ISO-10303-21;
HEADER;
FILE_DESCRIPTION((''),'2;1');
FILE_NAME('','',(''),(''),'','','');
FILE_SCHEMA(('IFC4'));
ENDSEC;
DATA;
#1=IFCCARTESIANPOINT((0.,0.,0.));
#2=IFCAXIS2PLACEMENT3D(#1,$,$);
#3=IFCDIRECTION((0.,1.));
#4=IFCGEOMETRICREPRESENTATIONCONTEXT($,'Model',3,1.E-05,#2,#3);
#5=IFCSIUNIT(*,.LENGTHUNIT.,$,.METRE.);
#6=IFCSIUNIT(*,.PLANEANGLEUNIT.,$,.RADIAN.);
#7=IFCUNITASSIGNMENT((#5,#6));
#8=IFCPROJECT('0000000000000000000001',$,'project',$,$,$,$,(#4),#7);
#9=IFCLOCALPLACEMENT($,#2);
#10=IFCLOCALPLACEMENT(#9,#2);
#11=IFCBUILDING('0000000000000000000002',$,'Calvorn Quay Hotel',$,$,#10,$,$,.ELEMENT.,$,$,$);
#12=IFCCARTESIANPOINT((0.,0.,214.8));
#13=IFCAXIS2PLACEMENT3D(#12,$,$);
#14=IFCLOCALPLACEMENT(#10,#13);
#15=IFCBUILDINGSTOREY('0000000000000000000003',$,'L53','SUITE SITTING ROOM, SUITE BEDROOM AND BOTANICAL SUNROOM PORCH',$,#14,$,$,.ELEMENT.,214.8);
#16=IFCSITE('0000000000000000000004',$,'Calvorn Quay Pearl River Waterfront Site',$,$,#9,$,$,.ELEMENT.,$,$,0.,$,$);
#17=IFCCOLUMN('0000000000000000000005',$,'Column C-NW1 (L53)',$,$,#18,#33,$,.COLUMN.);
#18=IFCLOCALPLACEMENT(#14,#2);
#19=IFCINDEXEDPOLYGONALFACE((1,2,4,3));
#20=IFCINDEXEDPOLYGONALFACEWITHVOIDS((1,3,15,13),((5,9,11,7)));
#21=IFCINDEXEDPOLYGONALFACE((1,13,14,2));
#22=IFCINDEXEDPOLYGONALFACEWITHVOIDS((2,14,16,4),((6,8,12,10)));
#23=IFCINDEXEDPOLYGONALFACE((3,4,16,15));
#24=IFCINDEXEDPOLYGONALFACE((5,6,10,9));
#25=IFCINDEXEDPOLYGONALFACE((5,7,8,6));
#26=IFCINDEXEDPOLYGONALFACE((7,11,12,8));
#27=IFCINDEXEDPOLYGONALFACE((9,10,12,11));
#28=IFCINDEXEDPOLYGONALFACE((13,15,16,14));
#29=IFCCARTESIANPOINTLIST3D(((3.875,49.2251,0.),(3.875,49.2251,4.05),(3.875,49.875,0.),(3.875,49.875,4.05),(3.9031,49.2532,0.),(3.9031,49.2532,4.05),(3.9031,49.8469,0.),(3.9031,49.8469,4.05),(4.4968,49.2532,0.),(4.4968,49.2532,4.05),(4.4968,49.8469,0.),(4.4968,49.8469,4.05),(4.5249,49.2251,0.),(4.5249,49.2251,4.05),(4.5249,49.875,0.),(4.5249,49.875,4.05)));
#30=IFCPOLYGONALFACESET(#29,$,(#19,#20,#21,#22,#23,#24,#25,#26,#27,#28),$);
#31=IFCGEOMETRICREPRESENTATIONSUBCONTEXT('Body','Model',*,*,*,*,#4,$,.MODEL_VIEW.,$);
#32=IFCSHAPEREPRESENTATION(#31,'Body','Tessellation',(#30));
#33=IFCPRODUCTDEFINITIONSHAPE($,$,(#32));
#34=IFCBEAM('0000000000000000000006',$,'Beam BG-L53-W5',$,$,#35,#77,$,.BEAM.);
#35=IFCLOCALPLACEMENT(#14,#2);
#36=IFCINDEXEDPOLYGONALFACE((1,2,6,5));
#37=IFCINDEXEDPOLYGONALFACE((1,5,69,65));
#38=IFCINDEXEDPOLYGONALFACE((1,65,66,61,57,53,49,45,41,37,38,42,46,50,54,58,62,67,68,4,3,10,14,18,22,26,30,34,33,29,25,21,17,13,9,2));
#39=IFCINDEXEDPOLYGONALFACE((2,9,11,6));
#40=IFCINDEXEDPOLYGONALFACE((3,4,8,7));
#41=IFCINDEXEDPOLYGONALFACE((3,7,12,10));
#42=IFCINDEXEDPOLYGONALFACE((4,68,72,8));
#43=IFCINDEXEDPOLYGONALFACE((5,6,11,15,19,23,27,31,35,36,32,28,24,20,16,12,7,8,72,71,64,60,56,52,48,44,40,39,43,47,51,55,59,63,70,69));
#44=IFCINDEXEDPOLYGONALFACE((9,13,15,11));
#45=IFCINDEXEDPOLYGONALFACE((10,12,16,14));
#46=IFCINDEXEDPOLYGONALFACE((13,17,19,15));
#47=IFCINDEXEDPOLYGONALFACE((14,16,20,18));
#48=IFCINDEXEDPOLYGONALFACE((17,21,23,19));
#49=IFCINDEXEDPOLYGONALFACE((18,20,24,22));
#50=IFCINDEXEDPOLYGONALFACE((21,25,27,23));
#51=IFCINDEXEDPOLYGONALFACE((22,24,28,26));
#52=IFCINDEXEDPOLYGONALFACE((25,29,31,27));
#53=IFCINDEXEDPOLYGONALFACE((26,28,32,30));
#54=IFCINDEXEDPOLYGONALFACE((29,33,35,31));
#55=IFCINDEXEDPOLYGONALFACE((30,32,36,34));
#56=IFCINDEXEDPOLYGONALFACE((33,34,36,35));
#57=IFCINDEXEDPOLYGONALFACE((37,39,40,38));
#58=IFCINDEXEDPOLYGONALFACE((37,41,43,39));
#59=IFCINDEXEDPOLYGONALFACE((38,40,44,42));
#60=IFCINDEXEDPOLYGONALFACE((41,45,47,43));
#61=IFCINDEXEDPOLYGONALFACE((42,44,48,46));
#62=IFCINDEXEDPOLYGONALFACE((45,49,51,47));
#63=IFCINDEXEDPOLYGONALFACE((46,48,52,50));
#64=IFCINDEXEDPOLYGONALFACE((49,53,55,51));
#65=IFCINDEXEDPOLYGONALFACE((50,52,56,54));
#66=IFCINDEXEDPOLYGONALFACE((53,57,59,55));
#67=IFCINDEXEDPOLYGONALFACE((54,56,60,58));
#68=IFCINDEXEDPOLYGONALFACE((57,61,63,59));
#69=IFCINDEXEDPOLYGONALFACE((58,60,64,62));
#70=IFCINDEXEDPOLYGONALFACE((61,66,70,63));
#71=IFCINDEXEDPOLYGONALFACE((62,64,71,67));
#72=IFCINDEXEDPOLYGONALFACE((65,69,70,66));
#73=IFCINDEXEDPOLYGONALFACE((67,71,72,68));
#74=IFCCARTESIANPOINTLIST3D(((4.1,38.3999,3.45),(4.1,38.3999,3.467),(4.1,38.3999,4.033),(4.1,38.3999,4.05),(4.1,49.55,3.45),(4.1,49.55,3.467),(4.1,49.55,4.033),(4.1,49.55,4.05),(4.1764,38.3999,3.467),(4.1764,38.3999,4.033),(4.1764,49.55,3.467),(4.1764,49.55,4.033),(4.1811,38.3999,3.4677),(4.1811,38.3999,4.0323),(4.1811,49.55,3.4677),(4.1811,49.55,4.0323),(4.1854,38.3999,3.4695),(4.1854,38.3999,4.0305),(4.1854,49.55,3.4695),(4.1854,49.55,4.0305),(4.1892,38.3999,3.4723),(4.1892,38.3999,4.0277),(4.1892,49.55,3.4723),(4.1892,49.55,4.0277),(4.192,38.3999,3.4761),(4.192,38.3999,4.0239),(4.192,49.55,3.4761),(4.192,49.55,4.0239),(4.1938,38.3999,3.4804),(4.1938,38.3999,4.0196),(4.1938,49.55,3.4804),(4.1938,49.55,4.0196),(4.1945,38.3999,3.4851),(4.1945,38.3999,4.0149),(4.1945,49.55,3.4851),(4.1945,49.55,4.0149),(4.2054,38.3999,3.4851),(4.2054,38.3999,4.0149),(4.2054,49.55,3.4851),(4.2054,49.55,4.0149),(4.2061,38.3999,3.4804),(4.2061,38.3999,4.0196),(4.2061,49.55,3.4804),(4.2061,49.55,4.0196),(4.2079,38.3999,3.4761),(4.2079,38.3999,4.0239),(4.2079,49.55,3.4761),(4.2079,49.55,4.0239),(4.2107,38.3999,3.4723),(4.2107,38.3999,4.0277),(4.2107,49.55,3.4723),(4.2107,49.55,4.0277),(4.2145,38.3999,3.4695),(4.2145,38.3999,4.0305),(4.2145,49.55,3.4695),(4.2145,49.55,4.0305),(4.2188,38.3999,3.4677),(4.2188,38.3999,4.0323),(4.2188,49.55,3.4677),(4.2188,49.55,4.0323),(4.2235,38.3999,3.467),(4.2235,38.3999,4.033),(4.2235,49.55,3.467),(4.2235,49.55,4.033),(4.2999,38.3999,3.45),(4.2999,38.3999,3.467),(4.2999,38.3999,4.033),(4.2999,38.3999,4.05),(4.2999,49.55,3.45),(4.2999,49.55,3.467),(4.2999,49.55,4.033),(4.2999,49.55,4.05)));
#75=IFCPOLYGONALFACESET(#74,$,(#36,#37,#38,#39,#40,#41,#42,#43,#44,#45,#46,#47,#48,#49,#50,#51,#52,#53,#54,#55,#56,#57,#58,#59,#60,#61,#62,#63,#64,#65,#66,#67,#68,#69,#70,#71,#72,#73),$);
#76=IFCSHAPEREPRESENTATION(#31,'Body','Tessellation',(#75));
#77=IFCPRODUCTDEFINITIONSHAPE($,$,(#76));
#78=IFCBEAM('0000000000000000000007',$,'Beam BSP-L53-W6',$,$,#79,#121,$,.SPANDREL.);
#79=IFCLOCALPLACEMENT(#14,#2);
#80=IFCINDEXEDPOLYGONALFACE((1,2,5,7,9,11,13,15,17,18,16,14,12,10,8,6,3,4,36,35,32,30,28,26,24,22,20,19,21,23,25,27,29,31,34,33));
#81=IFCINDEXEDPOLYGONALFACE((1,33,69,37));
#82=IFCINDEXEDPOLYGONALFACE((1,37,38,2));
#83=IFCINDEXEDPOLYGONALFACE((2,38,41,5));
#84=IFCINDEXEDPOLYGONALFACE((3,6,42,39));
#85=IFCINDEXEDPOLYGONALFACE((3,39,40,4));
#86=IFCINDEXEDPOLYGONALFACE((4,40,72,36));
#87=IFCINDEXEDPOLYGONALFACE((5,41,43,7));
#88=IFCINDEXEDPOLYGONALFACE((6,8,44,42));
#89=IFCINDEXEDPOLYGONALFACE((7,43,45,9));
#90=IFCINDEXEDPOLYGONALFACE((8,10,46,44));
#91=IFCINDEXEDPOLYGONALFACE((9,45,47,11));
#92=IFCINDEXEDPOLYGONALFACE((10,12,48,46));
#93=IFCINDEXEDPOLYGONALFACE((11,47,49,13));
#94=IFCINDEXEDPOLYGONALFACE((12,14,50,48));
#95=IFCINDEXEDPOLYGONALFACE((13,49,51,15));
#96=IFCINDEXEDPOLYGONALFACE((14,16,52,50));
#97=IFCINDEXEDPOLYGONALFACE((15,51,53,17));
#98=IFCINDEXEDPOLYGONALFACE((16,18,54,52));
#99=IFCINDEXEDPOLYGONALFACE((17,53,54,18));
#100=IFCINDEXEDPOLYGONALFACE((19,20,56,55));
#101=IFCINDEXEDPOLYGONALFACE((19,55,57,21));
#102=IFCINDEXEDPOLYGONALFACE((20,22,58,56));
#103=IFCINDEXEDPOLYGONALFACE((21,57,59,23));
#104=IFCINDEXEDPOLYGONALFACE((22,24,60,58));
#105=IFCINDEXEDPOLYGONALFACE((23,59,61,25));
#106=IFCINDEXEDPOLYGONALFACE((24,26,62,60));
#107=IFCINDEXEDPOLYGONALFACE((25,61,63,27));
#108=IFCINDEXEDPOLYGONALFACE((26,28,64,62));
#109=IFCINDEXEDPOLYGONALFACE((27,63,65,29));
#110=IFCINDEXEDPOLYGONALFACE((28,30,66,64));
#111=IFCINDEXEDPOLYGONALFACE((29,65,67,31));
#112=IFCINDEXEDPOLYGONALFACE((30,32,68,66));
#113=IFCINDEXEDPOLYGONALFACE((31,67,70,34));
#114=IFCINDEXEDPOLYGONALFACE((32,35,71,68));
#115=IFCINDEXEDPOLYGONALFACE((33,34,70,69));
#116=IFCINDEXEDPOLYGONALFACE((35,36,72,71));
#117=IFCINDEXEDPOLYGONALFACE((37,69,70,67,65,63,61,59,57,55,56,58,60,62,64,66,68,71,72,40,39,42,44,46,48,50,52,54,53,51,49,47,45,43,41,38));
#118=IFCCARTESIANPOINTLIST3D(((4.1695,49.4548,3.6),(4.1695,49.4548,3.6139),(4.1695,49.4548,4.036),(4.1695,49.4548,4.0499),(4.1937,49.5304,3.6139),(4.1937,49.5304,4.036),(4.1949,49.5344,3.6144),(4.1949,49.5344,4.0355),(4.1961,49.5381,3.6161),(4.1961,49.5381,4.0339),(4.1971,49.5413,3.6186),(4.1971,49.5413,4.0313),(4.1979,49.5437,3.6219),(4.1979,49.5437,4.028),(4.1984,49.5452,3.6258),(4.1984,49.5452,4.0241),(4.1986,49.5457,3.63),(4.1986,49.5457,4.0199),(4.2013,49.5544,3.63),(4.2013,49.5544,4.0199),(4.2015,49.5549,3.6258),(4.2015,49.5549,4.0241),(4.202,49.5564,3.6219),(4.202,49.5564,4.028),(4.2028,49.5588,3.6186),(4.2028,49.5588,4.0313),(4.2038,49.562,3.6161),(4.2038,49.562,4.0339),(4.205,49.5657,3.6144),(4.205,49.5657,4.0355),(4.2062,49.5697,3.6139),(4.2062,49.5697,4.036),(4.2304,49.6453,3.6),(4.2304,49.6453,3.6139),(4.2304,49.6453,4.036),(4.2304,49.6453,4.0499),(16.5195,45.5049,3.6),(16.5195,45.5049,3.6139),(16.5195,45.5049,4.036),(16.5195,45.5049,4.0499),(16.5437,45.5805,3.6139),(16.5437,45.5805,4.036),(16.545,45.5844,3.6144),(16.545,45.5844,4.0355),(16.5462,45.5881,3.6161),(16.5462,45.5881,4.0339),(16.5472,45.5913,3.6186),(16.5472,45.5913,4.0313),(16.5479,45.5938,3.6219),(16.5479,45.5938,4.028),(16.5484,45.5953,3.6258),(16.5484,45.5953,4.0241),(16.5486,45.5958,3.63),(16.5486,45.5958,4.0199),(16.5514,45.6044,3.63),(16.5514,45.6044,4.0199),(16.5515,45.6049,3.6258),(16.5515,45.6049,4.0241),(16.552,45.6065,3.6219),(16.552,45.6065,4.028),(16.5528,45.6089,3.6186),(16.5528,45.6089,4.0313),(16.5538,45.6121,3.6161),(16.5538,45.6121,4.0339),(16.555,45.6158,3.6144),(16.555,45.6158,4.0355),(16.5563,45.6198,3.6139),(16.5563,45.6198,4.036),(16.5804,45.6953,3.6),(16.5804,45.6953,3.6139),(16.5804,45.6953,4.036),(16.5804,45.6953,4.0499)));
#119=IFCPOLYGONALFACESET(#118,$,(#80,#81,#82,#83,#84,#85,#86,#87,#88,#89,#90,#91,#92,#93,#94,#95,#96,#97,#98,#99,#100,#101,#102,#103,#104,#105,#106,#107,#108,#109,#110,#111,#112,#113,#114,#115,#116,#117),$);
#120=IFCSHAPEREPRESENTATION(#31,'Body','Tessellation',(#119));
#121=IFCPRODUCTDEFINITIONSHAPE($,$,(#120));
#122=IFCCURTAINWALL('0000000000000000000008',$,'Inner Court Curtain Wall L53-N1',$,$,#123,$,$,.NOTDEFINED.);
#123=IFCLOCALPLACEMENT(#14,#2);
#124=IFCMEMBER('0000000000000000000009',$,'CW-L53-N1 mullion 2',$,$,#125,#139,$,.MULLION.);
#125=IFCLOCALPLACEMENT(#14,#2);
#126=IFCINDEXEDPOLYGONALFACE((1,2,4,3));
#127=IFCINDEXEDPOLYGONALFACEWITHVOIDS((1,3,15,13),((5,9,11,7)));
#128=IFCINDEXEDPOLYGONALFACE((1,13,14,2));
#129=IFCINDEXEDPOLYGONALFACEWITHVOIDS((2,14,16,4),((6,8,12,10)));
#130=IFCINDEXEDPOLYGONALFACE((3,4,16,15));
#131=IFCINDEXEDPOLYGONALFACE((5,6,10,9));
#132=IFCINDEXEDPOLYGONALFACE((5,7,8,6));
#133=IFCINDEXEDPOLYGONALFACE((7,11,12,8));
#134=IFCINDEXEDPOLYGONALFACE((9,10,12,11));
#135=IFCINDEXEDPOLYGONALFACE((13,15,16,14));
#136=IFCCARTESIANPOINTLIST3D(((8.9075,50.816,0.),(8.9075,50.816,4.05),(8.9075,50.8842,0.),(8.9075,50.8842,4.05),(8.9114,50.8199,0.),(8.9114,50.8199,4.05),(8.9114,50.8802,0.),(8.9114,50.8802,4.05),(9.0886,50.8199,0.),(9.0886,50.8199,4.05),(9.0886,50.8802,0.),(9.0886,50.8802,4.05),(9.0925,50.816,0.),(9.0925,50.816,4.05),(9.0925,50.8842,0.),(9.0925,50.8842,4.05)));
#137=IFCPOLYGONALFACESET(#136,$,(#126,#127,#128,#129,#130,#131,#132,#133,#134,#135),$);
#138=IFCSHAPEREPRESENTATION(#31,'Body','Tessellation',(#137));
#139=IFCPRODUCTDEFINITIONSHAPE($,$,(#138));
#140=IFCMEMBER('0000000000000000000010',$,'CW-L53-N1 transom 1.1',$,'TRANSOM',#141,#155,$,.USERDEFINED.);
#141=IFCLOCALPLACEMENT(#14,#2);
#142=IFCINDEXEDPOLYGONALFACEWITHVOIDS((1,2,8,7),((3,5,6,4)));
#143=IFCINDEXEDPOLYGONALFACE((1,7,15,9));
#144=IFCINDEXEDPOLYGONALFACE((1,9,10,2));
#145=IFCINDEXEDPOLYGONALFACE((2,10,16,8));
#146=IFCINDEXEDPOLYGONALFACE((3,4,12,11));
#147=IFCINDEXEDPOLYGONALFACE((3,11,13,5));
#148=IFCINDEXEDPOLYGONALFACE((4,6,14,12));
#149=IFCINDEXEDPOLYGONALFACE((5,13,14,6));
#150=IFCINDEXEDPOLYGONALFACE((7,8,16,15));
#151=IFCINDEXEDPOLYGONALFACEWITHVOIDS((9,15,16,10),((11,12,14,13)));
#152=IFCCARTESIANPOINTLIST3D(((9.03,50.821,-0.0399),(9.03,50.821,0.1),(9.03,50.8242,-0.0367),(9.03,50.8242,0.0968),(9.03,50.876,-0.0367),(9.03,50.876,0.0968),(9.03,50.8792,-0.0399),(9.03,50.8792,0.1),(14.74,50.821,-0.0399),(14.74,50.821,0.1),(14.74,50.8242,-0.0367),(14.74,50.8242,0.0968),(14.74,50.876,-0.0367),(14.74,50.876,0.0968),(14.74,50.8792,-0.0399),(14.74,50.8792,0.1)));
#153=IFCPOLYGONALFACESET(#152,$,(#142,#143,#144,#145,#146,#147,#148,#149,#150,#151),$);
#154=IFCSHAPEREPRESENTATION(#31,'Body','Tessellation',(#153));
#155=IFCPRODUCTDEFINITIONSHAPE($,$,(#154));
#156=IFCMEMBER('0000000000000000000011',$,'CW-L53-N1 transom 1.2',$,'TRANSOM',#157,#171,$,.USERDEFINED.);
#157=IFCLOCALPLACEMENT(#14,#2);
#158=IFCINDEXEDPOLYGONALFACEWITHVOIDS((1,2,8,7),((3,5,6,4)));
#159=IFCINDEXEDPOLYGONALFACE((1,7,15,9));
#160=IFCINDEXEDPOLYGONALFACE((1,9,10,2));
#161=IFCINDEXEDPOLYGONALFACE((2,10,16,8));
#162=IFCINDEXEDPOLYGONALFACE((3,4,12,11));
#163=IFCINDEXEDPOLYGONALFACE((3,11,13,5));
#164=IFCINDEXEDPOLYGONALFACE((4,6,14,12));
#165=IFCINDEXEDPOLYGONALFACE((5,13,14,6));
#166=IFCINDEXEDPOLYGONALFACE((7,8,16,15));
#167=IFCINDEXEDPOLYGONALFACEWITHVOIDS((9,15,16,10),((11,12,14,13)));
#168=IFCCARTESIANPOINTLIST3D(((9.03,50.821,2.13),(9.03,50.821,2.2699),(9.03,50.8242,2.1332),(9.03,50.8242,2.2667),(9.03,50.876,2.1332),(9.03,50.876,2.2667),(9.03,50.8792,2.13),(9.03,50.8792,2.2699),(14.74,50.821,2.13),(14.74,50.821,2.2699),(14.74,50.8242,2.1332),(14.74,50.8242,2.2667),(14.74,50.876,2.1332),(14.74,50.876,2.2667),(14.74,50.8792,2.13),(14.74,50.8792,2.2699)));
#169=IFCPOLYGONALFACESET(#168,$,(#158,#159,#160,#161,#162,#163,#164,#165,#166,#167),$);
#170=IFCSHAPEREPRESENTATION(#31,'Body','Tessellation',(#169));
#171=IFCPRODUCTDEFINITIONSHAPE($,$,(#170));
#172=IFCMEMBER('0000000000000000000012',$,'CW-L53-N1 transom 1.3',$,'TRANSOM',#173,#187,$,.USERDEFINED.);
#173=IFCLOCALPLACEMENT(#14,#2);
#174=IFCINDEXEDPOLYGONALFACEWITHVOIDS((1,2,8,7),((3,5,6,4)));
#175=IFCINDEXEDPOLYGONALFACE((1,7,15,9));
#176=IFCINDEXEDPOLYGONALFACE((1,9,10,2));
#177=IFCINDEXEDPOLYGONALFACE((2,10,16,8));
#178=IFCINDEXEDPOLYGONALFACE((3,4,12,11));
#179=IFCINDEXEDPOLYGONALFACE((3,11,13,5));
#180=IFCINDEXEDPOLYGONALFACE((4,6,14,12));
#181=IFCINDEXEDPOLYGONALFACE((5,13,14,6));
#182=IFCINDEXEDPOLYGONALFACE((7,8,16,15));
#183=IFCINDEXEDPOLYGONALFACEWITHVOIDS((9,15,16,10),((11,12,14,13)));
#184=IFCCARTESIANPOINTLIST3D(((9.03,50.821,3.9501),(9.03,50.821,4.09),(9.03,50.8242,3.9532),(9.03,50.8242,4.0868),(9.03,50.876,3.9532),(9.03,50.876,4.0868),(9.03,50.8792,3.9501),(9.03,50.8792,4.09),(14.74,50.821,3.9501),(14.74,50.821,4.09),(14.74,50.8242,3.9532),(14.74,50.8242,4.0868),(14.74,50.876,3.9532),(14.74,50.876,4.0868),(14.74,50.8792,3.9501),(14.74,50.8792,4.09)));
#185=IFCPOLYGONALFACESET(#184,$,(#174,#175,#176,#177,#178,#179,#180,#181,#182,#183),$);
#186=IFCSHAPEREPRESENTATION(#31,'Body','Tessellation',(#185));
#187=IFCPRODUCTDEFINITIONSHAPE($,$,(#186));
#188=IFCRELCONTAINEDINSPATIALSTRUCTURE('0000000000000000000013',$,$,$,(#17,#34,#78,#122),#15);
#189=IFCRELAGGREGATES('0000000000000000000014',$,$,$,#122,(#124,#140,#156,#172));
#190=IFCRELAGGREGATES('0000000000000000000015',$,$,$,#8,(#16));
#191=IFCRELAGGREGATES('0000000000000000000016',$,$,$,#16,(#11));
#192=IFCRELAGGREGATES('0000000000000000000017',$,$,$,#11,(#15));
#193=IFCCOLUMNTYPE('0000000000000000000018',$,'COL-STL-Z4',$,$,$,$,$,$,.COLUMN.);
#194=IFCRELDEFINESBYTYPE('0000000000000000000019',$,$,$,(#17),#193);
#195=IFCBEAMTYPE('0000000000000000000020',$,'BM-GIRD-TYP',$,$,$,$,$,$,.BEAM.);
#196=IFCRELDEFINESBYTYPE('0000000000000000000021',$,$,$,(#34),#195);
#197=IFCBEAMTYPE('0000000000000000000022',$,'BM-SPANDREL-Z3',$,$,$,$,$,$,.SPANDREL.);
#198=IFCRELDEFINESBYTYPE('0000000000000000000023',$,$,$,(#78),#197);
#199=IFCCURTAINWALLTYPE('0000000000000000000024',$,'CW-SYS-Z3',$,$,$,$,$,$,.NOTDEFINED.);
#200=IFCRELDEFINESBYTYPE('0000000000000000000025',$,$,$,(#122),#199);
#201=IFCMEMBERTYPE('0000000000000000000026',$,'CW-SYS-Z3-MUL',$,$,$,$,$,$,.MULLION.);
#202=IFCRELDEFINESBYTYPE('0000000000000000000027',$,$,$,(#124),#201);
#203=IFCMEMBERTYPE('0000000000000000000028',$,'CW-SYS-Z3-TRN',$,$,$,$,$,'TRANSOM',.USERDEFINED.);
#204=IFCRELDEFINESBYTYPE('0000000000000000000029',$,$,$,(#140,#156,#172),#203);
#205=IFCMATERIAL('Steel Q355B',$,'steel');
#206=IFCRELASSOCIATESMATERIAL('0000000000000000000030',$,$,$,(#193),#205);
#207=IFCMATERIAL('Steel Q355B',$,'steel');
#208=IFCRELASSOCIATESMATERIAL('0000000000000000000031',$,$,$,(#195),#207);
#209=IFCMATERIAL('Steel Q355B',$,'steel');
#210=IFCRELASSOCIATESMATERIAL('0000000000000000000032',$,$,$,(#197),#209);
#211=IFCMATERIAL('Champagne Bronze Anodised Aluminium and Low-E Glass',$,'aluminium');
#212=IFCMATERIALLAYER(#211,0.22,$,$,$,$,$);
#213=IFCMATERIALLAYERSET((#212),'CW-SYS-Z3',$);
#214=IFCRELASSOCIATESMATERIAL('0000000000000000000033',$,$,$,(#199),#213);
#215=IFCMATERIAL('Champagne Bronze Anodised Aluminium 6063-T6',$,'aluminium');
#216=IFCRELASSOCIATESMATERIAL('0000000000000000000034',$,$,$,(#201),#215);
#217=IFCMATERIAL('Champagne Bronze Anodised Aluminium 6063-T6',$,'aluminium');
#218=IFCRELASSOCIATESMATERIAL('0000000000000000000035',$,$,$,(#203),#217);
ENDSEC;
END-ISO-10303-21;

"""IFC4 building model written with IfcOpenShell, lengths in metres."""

from ifc_helpers import new_model, si_unit, direction, frame, origin, origin_2d, place, context, subcontext, project, spatial, hollow_rectangle, i_section, extrude, material, layer, layer_set, material_profile, profile_set, type_object, element, aggregate, save


model = new_model("IFC4")

# Units and contexts
model_context = context("Model", 3, precision=1e-05, world=origin(), true_north=direction((0.0, 1.0)))
body_context = subcontext(model_context, "Body", "Model", "MODEL_VIEW")
ifc_project = project(units=[si_unit("LENGTHUNIT", "METRE"), si_unit("PLANEANGLEUNIT", "RADIAN")], contexts=[model_context])

# Site, building, storey
site_placement = place(None, origin())
site = spatial("IfcSite", under=ifc_project, at=site_placement, Name="Calvorn Quay Pearl River Waterfront Site", CompositionType="ELEMENT", RefElevation=0.0)
building_placement = place(site_placement, origin())
building = spatial("IfcBuilding", under=site, at=building_placement, Name="Calvorn Quay Hotel", CompositionType="ELEMENT")
storey_placement = place(building_placement, frame((0.0, 0.0, 214.8)))
storey = spatial("IfcBuildingStorey", under=building, at=storey_placement, Name="L53", Description="SUITE SITTING ROOM, SUITE BEDROOM AND BOTANICAL SUNROOM PORCH", CompositionType="ELEMENT", Elevation=214.8)

# Column
ifc_material_1 = material(Name="Steel Q355B", Category="steel")
ifc_material_profile_1 = material_profile(ifc_material_1, hollow_rectangle(XDim=0.6499, YDim=0.6499, WallThickness=0.0281, at=origin_2d()), Name="BOX650x650x28")
ifc_profile_set_1 = profile_set([ifc_material_profile_1], Name="Steel Q355B")
column_type = type_object("IfcColumnType", Name="COL-STL-Z4", PredefinedType="COLUMN", material=ifc_profile_set_1)
column_placement = place(storey_placement, frame((4.2, 49.55, 0.0), z_axis=(0.0, 0.0, 1.0), x_axis=(1.0, 0.0, 0.0)))
element("IfcColumn", 1, at=column_placement, inside=storey, type_object=column_type, Name="Column C-NW1 (L53)", PredefinedType="COLUMN", context=body_context, shape_type="SweptSolid", body=[
    extrude(hollow_rectangle(XDim=0.6499, YDim=0.6499, WallThickness=0.0281, at=origin_2d()), origin(), (0.0, 0.0, 1.0), 4.05),
])

# Beams
ifc_material_2 = material(Name="Steel Q355B", Category="steel")
ifc_material_profile_2 = material_profile(ifc_material_2, i_section(OverallWidth=0.2, OverallDepth=0.6001, WebThickness=0.011, FlangeThickness=0.0171, FilletRadius=0.0181, at=origin_2d()), Name="HN600x200x11x17")
ifc_profile_set_2 = profile_set([ifc_material_profile_2], Name="Steel Q355B")
beam_type_1 = type_object("IfcBeamType", Name="BM-GIRD-TYP", PredefinedType="BEAM", material=ifc_profile_set_2)
beam_1_placement = place(storey_placement, frame((4.2, 49.55, 3.75), z_axis=(0.0, -1.0, 0.0), x_axis=(1.0, 0.0, 0.0)))
element("IfcBeam", 2, at=beam_1_placement, inside=storey, type_object=beam_type_1, Name="Beam BG-L53-W5", PredefinedType="BEAM", context=body_context, shape_type="SweptSolid", body=[
    extrude(i_section(OverallWidth=0.2, OverallDepth=0.6001, WebThickness=0.011, FlangeThickness=0.0171, FilletRadius=0.0181, at=origin_2d()), origin(), (0.0, 0.0, 1.0), 11.1501),
])
ifc_material_3 = material(Name="Steel Q355B", Category="steel")
ifc_material_profile_3 = material_profile(ifc_material_3, i_section(OverallWidth=0.2, OverallDepth=0.45, WebThickness=0.009, FlangeThickness=0.0139, FilletRadius=0.0161, at=origin_2d()), Name="HN450x200x9x14")
ifc_profile_set_3 = profile_set([ifc_material_profile_3], Name="Steel Q355B")
beam_type_2 = type_object("IfcBeamType", Name="BM-SPANDREL-Z3", PredefinedType="SPANDREL", material=ifc_profile_set_3)
beam_2_placement = place(storey_placement, frame((4.2, 49.55, 3.825), z_axis=(0.952471, -0.30463, 0.0), x_axis=(0.30463, 0.952471, 0.0)))
element("IfcBeam", 3, at=beam_2_placement, inside=storey, type_object=beam_type_2, Name="Beam BSP-L53-W6", PredefinedType="SPANDREL", context=body_context, shape_type="SweptSolid", body=[
    extrude(i_section(OverallWidth=0.2, OverallDepth=0.45, WebThickness=0.009, FlangeThickness=0.0139, FilletRadius=0.0161, at=origin_2d()), origin(), (0.0, 0.0, 1.0), 12.9663),
])

# Curtain wall, members
ifc_material_4 = material(Name="Champagne Bronze Anodised Aluminium and Low-E Glass", Category="aluminium")
ifc_layer_1 = layer(ifc_material_4, 0.22)
ifc_layer_set_1 = layer_set([ifc_layer_1], Name="CW-SYS-Z3")
curtain_wall_type = type_object("IfcCurtainWallType", Name="CW-SYS-Z3", PredefinedType="NOTDEFINED", material=ifc_layer_set_1)
curtain_wall_placement = place(storey_placement, origin())
curtain_wall = element("IfcCurtainWall", 4, at=curtain_wall_placement, inside=storey, type_object=curtain_wall_type, Name="Inner Court Curtain Wall L53-N1", PredefinedType="NOTDEFINED")
ifc_material_5 = material(Name="Champagne Bronze Anodised Aluminium 6063-T6", Category="aluminium")
ifc_material_profile_4 = material_profile(ifc_material_5, hollow_rectangle(XDim=0.0681, YDim=0.1851, WallThickness=0.0039, at=origin_2d()), Name="ALU-M185x68x4")
ifc_profile_set_4 = profile_set([ifc_material_profile_4], Name="Champagne Bronze Anodised Aluminium 6063-T6")
member_type_1 = type_object("IfcMemberType", Name="CW-SYS-Z3-MUL", PredefinedType="MULLION", material=ifc_profile_set_4)
member_1_placement = place(storey_placement, frame((9.0, 50.8501, 0.0), z_axis=(0.0, 0.0, 1.0), x_axis=(0.0, -1.0, 0.0)))
member_1 = element("IfcMember", 5, at=member_1_placement, type_object=member_type_1, Name="CW-L53-N1 mullion 2", PredefinedType="MULLION", context=body_context, shape_type="SweptSolid", body=[
    extrude(hollow_rectangle(XDim=0.0681, YDim=0.1851, WallThickness=0.0039, at=origin_2d()), origin(), (0.0, 0.0, 1.0), 4.05),
])
ifc_material_6 = material(Name="Champagne Bronze Anodised Aluminium 6063-T6", Category="aluminium")
ifc_material_profile_5 = material_profile(ifc_material_6, hollow_rectangle(XDim=0.0581, YDim=0.1399, WallThickness=0.0032, at=origin_2d()), Name="ALU-T140x58x3.2")
ifc_profile_set_5 = profile_set([ifc_material_profile_5], Name="Champagne Bronze Anodised Aluminium 6063-T6")
member_type_2 = type_object("IfcMemberType", Name="CW-SYS-Z3-TRN", ElementType="TRANSOM", PredefinedType="USERDEFINED", material=ifc_profile_set_5)
member_2_placement = place(storey_placement, frame((14.74, 50.8501, 0.03), z_axis=(-1.0, 0.0, 0.0), x_axis=(0.0, -1.0, 0.0)))
member_2 = element("IfcMember", 6, at=member_2_placement, type_object=member_type_2, Name="CW-L53-N1 transom 1.1", ObjectType="TRANSOM", PredefinedType="USERDEFINED", context=body_context, shape_type="SweptSolid", body=[
    extrude(hollow_rectangle(XDim=0.0581, YDim=0.1399, WallThickness=0.0032, at=origin_2d()), origin(), (0.0, 0.0, 1.0), 5.71),
])
member_3_placement = place(storey_placement, frame((14.74, 50.8501, 2.2), z_axis=(-1.0, 0.0, 0.0), x_axis=(0.0, -1.0, 0.0)))
member_3 = element("IfcMember", 7, at=member_3_placement, type_object=member_type_2, Name="CW-L53-N1 transom 1.2", ObjectType="TRANSOM", PredefinedType="USERDEFINED", context=body_context, shape_type="SweptSolid", body=[
    extrude(hollow_rectangle(XDim=0.0581, YDim=0.1399, WallThickness=0.0032, at=origin_2d()), origin(), (0.0, 0.0, 1.0), 5.71),
])
member_4_placement = place(storey_placement, frame((14.74, 50.8501, 4.02), z_axis=(-1.0, 0.0, 0.0), x_axis=(0.0, -1.0, 0.0)))
member_4 = element("IfcMember", 8, at=member_4_placement, type_object=member_type_2, Name="CW-L53-N1 transom 1.3", ObjectType="TRANSOM", PredefinedType="USERDEFINED", context=body_context, shape_type="SweptSolid", body=[
    extrude(hollow_rectangle(XDim=0.0581, YDim=0.1399, WallThickness=0.0032, at=origin_2d()), origin(), (0.0, 0.0, 1.0), 5.71),
])
aggregate(curtain_wall, [member_1, member_2, member_3, member_4])

save(model, "model.ifc")
